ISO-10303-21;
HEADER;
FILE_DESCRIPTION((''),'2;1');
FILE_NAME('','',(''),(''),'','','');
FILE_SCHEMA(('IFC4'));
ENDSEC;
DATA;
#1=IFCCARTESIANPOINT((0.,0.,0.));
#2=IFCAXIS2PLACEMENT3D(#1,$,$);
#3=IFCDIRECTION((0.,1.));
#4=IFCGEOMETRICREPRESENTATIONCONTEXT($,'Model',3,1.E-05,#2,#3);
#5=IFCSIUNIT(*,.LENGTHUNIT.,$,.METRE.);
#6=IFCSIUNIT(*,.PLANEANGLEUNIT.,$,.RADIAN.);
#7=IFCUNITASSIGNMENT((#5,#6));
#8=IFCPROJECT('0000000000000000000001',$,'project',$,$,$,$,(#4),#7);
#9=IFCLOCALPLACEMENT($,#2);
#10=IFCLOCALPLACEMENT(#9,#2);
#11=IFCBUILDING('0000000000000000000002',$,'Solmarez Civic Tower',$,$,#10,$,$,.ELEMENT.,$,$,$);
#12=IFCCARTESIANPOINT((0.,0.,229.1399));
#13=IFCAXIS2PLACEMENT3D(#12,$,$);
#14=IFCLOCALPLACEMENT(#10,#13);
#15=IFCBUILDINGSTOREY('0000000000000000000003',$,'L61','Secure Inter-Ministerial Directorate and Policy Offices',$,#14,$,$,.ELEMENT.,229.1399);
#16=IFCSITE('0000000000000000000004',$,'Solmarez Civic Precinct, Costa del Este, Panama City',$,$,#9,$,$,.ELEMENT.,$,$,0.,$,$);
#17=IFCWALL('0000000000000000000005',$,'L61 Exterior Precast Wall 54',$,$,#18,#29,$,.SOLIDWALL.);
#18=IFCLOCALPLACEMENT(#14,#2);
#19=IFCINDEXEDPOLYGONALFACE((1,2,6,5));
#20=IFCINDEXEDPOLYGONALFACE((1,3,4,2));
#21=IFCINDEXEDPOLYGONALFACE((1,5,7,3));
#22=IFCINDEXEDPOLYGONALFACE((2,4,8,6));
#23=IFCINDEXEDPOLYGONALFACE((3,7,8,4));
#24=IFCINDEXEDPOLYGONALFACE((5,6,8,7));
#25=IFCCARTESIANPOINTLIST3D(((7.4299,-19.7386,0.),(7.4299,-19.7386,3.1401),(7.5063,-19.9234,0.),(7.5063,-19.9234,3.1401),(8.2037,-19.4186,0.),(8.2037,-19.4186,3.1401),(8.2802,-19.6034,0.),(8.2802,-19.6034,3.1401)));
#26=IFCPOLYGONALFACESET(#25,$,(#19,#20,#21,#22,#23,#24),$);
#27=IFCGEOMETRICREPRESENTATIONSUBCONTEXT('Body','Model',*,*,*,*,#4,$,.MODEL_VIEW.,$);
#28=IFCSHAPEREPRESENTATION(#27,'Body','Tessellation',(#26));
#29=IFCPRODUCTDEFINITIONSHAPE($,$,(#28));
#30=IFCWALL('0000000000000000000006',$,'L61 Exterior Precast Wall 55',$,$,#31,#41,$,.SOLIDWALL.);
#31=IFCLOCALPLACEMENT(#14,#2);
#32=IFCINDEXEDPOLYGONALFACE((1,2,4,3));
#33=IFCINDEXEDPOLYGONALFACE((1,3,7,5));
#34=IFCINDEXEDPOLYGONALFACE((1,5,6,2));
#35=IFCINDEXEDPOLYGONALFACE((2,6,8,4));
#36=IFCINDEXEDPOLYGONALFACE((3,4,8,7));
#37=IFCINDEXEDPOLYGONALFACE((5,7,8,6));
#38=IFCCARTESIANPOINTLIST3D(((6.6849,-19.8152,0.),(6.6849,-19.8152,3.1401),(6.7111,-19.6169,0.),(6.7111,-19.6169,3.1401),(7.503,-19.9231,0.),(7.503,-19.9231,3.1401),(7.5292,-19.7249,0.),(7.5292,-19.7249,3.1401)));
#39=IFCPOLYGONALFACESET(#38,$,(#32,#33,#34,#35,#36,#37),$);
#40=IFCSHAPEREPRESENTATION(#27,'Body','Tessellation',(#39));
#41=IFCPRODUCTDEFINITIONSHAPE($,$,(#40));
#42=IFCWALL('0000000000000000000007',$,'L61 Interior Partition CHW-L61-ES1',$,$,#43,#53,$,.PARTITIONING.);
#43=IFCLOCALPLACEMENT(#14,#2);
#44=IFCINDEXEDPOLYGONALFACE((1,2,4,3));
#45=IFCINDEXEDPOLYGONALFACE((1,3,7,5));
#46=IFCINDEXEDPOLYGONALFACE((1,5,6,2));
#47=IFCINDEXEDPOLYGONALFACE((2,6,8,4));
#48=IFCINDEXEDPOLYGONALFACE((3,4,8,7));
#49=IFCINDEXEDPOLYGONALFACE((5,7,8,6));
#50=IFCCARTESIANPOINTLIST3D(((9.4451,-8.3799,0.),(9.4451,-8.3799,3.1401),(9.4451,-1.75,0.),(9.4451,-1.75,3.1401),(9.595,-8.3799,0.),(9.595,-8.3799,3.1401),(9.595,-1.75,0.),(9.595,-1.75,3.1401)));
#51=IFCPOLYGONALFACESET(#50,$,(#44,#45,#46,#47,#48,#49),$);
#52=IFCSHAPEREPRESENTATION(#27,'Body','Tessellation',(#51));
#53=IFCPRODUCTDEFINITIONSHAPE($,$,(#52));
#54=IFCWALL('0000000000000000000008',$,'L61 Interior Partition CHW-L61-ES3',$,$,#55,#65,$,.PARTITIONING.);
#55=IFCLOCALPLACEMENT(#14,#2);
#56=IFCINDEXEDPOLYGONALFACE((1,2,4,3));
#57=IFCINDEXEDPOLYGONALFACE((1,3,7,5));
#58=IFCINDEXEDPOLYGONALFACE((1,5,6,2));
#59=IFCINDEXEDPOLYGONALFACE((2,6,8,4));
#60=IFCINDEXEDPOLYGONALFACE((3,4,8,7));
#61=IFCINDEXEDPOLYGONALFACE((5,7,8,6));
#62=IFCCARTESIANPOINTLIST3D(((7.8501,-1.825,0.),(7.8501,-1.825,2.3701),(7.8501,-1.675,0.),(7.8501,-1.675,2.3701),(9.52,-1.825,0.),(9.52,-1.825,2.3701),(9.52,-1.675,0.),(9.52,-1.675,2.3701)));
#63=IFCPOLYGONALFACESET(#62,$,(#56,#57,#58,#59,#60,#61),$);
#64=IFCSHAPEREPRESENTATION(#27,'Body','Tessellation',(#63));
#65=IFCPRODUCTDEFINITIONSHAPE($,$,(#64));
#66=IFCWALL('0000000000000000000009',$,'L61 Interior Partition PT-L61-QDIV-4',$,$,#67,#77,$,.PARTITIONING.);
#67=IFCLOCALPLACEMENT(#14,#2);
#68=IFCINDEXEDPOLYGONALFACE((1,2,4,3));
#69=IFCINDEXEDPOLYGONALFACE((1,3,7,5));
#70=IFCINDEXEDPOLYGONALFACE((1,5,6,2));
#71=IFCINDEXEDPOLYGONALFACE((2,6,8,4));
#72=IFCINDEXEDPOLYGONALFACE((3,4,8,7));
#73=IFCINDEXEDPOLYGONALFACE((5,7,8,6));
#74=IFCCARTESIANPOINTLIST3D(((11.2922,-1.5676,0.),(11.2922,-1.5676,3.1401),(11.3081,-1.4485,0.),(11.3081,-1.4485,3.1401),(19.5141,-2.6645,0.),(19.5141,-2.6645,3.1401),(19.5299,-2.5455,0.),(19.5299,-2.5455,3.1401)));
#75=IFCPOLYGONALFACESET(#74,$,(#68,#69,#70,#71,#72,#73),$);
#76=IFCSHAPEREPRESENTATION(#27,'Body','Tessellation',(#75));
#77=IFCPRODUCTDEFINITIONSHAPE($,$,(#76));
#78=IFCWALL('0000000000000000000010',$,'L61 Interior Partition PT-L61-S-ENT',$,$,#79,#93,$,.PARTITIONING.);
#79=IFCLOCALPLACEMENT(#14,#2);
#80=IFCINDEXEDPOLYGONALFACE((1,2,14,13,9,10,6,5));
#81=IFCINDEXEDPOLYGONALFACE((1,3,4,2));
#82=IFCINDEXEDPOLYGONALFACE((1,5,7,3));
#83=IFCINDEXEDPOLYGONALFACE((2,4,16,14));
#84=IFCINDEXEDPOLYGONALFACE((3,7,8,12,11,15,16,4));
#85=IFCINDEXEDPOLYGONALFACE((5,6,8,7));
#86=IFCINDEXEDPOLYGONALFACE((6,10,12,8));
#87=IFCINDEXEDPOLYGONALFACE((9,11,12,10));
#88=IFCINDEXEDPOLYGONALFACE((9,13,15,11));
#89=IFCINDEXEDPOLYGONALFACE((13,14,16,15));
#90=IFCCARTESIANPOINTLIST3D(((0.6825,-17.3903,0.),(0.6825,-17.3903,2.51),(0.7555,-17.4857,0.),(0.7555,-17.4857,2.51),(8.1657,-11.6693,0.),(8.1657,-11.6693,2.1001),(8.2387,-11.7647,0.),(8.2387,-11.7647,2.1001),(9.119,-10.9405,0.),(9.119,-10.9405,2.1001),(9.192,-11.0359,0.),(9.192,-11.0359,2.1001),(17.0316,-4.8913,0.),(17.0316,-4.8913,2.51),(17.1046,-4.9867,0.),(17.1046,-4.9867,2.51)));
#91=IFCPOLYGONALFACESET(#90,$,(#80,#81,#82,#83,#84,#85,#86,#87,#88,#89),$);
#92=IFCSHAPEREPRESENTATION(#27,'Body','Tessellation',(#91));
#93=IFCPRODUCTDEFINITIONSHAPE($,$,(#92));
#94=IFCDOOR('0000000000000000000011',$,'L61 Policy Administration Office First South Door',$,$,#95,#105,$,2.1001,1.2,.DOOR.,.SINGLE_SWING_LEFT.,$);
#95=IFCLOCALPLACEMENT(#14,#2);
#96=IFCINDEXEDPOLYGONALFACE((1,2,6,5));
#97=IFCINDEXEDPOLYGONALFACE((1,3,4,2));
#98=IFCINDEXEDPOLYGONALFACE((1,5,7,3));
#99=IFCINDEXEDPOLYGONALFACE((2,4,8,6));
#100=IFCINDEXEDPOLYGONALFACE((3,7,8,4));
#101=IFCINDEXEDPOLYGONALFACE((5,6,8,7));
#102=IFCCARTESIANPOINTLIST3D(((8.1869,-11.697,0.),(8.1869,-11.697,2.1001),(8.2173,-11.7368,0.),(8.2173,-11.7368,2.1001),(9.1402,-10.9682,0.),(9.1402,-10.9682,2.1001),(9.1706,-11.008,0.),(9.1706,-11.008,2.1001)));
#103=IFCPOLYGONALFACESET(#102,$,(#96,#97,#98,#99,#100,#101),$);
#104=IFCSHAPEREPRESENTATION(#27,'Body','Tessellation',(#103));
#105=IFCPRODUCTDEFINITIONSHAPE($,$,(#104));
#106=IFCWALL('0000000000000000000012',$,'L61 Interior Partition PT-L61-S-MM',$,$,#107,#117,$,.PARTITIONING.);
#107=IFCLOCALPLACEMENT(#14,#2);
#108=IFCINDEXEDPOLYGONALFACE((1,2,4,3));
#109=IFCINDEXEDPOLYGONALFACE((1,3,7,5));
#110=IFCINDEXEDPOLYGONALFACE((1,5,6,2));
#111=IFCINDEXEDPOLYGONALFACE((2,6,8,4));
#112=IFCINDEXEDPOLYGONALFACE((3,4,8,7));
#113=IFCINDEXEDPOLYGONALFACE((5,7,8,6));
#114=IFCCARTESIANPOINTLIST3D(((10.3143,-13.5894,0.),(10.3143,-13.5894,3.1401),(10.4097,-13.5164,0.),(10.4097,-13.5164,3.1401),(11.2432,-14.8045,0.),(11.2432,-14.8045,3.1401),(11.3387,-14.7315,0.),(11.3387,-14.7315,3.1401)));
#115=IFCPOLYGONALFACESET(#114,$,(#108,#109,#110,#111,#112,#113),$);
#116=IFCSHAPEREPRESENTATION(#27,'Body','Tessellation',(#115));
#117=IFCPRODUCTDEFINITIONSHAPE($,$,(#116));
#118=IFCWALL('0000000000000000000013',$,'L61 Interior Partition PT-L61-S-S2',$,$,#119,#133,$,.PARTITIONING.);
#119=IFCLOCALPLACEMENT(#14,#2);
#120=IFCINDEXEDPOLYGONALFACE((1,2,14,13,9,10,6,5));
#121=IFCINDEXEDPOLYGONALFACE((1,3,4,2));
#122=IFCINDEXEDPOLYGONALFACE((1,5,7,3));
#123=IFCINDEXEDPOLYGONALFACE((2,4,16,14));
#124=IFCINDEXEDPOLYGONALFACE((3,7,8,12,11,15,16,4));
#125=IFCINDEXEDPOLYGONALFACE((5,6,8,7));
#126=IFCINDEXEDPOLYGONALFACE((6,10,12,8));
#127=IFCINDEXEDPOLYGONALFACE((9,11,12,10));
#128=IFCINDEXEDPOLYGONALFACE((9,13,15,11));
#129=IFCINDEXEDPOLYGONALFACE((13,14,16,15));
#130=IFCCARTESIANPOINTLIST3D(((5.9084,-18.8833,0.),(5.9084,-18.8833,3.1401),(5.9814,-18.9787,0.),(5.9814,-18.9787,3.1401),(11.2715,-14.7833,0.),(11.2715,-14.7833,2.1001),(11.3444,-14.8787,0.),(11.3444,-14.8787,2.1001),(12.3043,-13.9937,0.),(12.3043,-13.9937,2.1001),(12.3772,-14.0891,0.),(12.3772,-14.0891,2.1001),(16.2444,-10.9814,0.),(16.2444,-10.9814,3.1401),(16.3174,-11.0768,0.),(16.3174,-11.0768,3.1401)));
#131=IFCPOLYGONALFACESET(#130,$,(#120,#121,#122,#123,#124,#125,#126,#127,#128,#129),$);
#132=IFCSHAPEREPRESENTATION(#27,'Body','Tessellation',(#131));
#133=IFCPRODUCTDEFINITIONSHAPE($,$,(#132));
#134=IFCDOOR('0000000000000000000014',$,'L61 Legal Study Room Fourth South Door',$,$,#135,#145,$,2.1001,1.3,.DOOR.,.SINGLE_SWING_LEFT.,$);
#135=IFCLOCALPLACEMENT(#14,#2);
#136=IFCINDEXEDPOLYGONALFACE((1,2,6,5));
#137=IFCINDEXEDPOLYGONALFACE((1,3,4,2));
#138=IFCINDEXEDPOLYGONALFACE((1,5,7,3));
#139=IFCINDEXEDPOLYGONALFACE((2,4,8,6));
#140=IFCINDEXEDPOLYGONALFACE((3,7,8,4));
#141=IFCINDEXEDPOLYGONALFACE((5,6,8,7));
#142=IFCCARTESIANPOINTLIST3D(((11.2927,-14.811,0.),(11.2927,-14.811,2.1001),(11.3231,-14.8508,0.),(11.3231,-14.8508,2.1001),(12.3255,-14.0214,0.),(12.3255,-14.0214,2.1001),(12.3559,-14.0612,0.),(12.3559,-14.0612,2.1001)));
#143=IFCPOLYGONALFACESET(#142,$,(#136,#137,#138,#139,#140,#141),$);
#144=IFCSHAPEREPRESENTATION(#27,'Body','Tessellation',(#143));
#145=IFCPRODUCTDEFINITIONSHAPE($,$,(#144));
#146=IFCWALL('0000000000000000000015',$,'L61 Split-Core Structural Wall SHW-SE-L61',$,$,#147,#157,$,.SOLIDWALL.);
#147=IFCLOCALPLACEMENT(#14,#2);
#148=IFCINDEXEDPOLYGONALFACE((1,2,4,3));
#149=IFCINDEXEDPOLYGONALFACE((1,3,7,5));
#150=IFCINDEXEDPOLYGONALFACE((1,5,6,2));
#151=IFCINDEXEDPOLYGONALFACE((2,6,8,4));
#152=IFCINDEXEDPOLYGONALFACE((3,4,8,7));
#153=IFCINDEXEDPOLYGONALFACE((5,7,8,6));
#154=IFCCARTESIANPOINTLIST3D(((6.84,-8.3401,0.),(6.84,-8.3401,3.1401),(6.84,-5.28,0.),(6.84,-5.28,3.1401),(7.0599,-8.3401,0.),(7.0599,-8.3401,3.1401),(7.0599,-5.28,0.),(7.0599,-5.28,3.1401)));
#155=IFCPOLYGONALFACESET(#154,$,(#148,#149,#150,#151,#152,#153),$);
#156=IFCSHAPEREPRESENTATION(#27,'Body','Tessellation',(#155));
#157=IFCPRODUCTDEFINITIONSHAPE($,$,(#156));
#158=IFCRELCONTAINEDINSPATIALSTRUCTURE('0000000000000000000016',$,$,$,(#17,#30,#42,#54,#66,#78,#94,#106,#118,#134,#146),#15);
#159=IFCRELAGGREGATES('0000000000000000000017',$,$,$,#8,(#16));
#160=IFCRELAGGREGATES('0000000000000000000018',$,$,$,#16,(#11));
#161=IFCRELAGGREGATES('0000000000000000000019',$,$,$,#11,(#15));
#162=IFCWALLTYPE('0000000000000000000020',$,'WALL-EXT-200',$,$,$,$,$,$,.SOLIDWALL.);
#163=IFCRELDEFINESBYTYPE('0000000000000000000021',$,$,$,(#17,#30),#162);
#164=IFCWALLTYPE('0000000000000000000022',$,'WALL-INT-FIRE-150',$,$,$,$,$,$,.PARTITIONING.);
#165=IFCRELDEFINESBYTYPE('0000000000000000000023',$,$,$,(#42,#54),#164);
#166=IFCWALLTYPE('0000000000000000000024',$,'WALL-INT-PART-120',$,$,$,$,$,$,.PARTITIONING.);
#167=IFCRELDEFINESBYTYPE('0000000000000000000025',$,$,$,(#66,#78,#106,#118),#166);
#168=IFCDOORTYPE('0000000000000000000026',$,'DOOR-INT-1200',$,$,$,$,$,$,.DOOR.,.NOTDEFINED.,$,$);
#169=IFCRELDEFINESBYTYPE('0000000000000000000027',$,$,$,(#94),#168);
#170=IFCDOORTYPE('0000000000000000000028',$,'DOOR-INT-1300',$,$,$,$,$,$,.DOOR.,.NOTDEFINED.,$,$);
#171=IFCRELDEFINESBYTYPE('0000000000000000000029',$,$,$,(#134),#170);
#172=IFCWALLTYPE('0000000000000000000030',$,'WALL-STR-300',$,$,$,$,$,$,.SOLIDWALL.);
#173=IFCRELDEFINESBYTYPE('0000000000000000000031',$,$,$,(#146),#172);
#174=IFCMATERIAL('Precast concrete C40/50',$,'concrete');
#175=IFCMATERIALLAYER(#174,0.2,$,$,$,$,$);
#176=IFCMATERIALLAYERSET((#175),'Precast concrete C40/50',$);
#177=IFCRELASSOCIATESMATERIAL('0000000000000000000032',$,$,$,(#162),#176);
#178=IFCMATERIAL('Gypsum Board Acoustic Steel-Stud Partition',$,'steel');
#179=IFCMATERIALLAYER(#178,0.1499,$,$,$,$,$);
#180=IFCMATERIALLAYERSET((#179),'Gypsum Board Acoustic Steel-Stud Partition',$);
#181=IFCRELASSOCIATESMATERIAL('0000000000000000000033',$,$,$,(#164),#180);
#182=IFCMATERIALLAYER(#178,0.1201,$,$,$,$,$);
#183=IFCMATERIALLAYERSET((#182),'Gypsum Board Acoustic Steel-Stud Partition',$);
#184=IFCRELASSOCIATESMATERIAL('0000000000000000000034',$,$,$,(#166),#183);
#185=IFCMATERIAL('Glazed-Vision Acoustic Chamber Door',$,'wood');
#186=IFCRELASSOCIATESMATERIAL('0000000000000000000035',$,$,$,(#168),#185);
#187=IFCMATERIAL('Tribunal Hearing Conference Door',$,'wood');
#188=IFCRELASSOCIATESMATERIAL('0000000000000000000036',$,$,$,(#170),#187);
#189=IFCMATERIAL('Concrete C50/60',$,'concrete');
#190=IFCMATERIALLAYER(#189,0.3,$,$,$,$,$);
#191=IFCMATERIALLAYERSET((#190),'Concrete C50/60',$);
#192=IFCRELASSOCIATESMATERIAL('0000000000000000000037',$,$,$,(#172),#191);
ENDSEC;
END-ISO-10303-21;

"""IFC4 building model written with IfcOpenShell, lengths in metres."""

from ifc_helpers import new_model, si_unit, direction, frame, frame_2d, origin, place, context, subcontext, project, spatial, rectangle, extrude, material, layer, layer_set, type_object, element, fill, save


model = new_model("IFC4")

# Units and contexts
model_context = context("Model", 3, precision=1e-05, world=origin(), true_north=direction((0.0, 1.0)))
body_context = subcontext(model_context, "Body", "Model", "MODEL_VIEW")
ifc_project = project(units=[si_unit("LENGTHUNIT", "METRE"), si_unit("PLANEANGLEUNIT", "RADIAN")], contexts=[model_context])

# Site, building, storey
site_placement = place(None, origin())
site = spatial("IfcSite", under=ifc_project, at=site_placement, Name="Solmarez Civic Precinct, Costa del Este, Panama City", CompositionType="ELEMENT", RefElevation=0.0)
building_placement = place(site_placement, origin())
building = spatial("IfcBuilding", under=site, at=building_placement, Name="Solmarez Civic Tower", CompositionType="ELEMENT")
storey_placement = place(building_placement, frame((0.0, 0.0, 229.1399)))
storey = spatial("IfcBuildingStorey", under=building, at=storey_placement, Name="L61", Description="Secure Inter-Ministerial Directorate and Policy Offices", CompositionType="ELEMENT", Elevation=229.1399)

# Shared definitions
ifc_material_1 = material(Name="Concrete C50/60", Category="concrete")

# Shared definitions
ifc_material_2 = material(Name="Precast concrete C40/50", Category="concrete")
ifc_layer_1 = layer(ifc_material_2, 0.2)
ifc_layer_set_1 = layer_set([ifc_layer_1], Name="Precast concrete C40/50")
wall_type_1 = type_object("IfcWallType", Name="WALL-EXT-200", PredefinedType="SOLIDWALL", material=ifc_layer_set_1)

# Walls
wall_1_placement = place(storey_placement, frame((8.2419, -19.511, 0.0), z_axis=(0.0, 0.0, 1.0), x_axis=(-0.924091, -0.382172, 0.0)))
element("IfcWall", 1, at=wall_1_placement, inside=storey, type_object=wall_type_1, Name="L61 Exterior Precast Wall 54", PredefinedType="SOLIDWALL", context=body_context, shape_type="SweptSolid", body=[
    extrude(rectangle(XDim=0.8374, YDim=0.2, at=frame_2d((0.4187, 0.0))), origin(), (0.0, 0.0, 1.0), 3.1401),
])
wall_2_placement = place(storey_placement, frame((7.5161, -19.824, 0.0), z_axis=(0.0, 0.0, 1.0), x_axis=(-0.991413, 0.130768, 0.0)))
element("IfcWall", 2, at=wall_2_placement, inside=storey, type_object=wall_type_1, Name="L61 Exterior Precast Wall 55", PredefinedType="SOLIDWALL", context=body_context, shape_type="SweptSolid", body=[
    extrude(rectangle(XDim=0.8252, YDim=0.2, at=frame_2d((0.4126, 0.0))), origin(), (0.0, 0.0, 1.0), 3.1401),
])
ifc_material_3 = material(Name="Gypsum Board Acoustic Steel-Stud Partition", Category="steel")
ifc_layer_2 = layer(ifc_material_3, 0.1499)
ifc_layer_set_2 = layer_set([ifc_layer_2], Name="Gypsum Board Acoustic Steel-Stud Partition")
wall_type_2 = type_object("IfcWallType", Name="WALL-INT-FIRE-150", PredefinedType="PARTITIONING", material=ifc_layer_set_2)
wall_3_placement = place(storey_placement, frame((9.52, -8.3799, 0.0), z_axis=(0.0, 0.0, 1.0), x_axis=(0.0, 1.0, 0.0)))
element("IfcWall", 3, at=wall_3_placement, inside=storey, type_object=wall_type_2, Name="L61 Interior Partition CHW-L61-ES1", PredefinedType="PARTITIONING", context=body_context, shape_type="SweptSolid", body=[
    extrude(rectangle(XDim=6.6299, YDim=0.1499, at=frame_2d((3.3149, 0.0))), origin(), (0.0, 0.0, 1.0), 3.1401),
])
wall_4_placement = place(storey_placement, frame((7.8501, -1.75, 0.0), z_axis=(0.0, 0.0, 1.0), x_axis=(1.0, 0.0, 0.0)))
element("IfcWall", 4, at=wall_4_placement, inside=storey, type_object=wall_type_2, Name="L61 Interior Partition CHW-L61-ES3", PredefinedType="PARTITIONING", context=body_context, shape_type="SweptSolid", body=[
    extrude(rectangle(XDim=1.6699, YDim=0.1499, at=frame_2d((0.835, 0.0))), origin(), (0.0, 0.0, 1.0), 2.3701),
])
ifc_layer_3 = layer(ifc_material_3, 0.1201)
ifc_layer_set_3 = layer_set([ifc_layer_3], Name="Gypsum Board Acoustic Steel-Stud Partition")
wall_type_3 = type_object("IfcWallType", Name="WALL-INT-PART-120", PredefinedType="PARTITIONING", material=ifc_layer_set_3)
wall_5_placement = place(storey_placement, frame((11.3, -1.5081, 0.0), z_axis=(0.0, 0.0, 1.0), x_axis=(0.991217, -0.132243, 0.0)))
element("IfcWall", 5, at=wall_5_placement, inside=storey, type_object=wall_type_3, Name="L61 Interior Partition PT-L61-QDIV-4", PredefinedType="PARTITIONING", context=body_context, shape_type="SweptSolid", body=[
    extrude(rectangle(XDim=8.2947, YDim=0.1201, at=frame_2d((4.1475, 0.0))), origin(), (0.0, 0.0, 1.0), 3.1401),
])

# Wall, opening, door
wall_6_placement = place(storey_placement, frame((17.0681, -4.939, 0.0), z_axis=(0.0, 0.0, 1.0), x_axis=(-0.794434, -0.607351, 0.0)))
wall_6 = element("IfcWall", 6, at=wall_6_placement, inside=storey, type_object=wall_type_3, Name="L61 Interior Partition PT-L61-S-ENT", PredefinedType="PARTITIONING", context=body_context, shape_type="SweptSolid", body=[
    extrude(rectangle(XDim=20.5796, YDim=0.1201, at=frame_2d((10.2898, 0.0))), origin(), (0.0, 0.0, 1.0), 2.51),
])
opening_1_placement = place(wall_6_placement, frame((9.96, 0.0, 0.0)))
opening_1 = element("IfcOpeningElement", 7, at=opening_1_placement, cuts=wall_6, PredefinedType="OPENING", context=body_context, shape_type="SweptSolid", body=[
    extrude(rectangle(XDim=1.2, YDim=2.1001, at=frame_2d((0.6001, 1.05))), frame((0.0, 0.0701, 0.0), z_axis=(0.0, -1.0, 0.0), x_axis=(1.0, 0.0, 0.0)), (0.0, 0.0, 1.0), 0.1401),
])
ifc_material_4 = material(Name="Glazed-Vision Acoustic Chamber Door", Category="wood")
door_type_1 = type_object("IfcDoorType", Name="DOOR-INT-1200", OperationType="NOTDEFINED", PredefinedType="DOOR", material=ifc_material_4)
door_1_placement = place(opening_1_placement, origin())
door_1 = element("IfcDoor", 8, at=door_1_placement, inside=storey, type_object=door_type_1, Name="L61 Policy Administration Office First South Door", OperationType="SINGLE_SWING_LEFT", OverallHeight=2.1001, OverallWidth=1.2, PredefinedType="DOOR", context=body_context, shape_type="SweptSolid", body=[
    extrude(rectangle(XDim=1.2, YDim=2.1001, at=frame_2d((0.6001, 1.05))), frame((0.0, 0.0249, 0.0), z_axis=(0.0, -1.0, 0.0), x_axis=(1.0, 0.0, 0.0)), (0.0, 0.0, 1.0), 0.05),
])
fill(opening_1, door_1)

# Wall
wall_7_placement = place(storey_placement, frame((10.3621, -13.553, 0.0), z_axis=(0.0, 0.0, 1.0), x_axis=(0.607355, -0.79443, 0.0)))
element("IfcWall", 9, at=wall_7_placement, inside=storey, type_object=wall_type_3, Name="L61 Interior Partition PT-L61-S-MM", PredefinedType="PARTITIONING", context=body_context, shape_type="SweptSolid", body=[
    extrude(rectangle(XDim=1.5295, YDim=0.1201, at=frame_2d((0.7646, 0.0))), origin(), (0.0, 0.0, 1.0), 3.1401),
])

# Wall, opening, door
wall_8_placement = place(storey_placement, frame((16.281, -11.0291, 0.0), z_axis=(0.0, 0.0, 1.0), x_axis=(-0.794436, -0.607348, 0.0)))
wall_8 = element("IfcWall", 10, at=wall_8_placement, inside=storey, type_object=wall_type_3, Name="L61 Interior Partition PT-L61-S-S2", PredefinedType="PARTITIONING", context=body_context, shape_type="SweptSolid", body=[
    extrude(rectangle(XDim=13.0105, YDim=0.1201, at=frame_2d((6.5054, 0.0))), origin(), (0.0, 0.0, 1.0), 3.1401),
])
opening_2_placement = place(wall_8_placement, frame((4.96, 0.0, 0.0)))
opening_2 = element("IfcOpeningElement", 11, at=opening_2_placement, cuts=wall_8, PredefinedType="OPENING", context=body_context, shape_type="SweptSolid", body=[
    extrude(rectangle(XDim=1.3, YDim=2.1001, at=frame_2d((0.6499, 1.05))), frame((0.0, 0.0701, 0.0), z_axis=(0.0, -1.0, 0.0), x_axis=(1.0, 0.0, 0.0)), (0.0, 0.0, 1.0), 0.1401),
])
ifc_material_5 = material(Name="Tribunal Hearing Conference Door", Category="wood")
door_type_2 = type_object("IfcDoorType", Name="DOOR-INT-1300", OperationType="NOTDEFINED", PredefinedType="DOOR", material=ifc_material_5)
door_2_placement = place(opening_2_placement, origin())
door_2 = element("IfcDoor", 12, at=door_2_placement, inside=storey, type_object=door_type_2, Name="L61 Legal Study Room Fourth South Door", OperationType="SINGLE_SWING_LEFT", OverallHeight=2.1001, OverallWidth=1.3, PredefinedType="DOOR", context=body_context, shape_type="SweptSolid", body=[
    extrude(rectangle(XDim=1.3, YDim=2.1001, at=frame_2d((0.6499, 1.05))), frame((0.0, 0.0249, 0.0), z_axis=(0.0, -1.0, 0.0), x_axis=(1.0, 0.0, 0.0)), (0.0, 0.0, 1.0), 0.05),
])
fill(opening_2, door_2)

# Wall
ifc_layer_4 = layer(ifc_material_1, 0.3)
ifc_layer_set_4 = layer_set([ifc_layer_4], Name="Concrete C50/60")
wall_type_4 = type_object("IfcWallType", Name="WALL-STR-300", PredefinedType="SOLIDWALL", material=ifc_layer_set_4)
wall_9_placement = place(storey_placement, frame((6.95, -8.3401, 0.0), z_axis=(0.0, 0.0, 1.0), x_axis=(0.0, 1.0, 0.0)))
element("IfcWall", 13, at=wall_9_placement, inside=storey, type_object=wall_type_4, Name="L61 Split-Core Structural Wall SHW-SE-L61", PredefinedType="SOLIDWALL", context=body_context, shape_type="SweptSolid", body=[
    extrude(rectangle(XDim=3.0601, YDim=0.22, at=frame_2d((1.53, 0.0))), origin(), (0.0, 0.0, 1.0), 3.1401),
])

save(model, "model.ifc")
